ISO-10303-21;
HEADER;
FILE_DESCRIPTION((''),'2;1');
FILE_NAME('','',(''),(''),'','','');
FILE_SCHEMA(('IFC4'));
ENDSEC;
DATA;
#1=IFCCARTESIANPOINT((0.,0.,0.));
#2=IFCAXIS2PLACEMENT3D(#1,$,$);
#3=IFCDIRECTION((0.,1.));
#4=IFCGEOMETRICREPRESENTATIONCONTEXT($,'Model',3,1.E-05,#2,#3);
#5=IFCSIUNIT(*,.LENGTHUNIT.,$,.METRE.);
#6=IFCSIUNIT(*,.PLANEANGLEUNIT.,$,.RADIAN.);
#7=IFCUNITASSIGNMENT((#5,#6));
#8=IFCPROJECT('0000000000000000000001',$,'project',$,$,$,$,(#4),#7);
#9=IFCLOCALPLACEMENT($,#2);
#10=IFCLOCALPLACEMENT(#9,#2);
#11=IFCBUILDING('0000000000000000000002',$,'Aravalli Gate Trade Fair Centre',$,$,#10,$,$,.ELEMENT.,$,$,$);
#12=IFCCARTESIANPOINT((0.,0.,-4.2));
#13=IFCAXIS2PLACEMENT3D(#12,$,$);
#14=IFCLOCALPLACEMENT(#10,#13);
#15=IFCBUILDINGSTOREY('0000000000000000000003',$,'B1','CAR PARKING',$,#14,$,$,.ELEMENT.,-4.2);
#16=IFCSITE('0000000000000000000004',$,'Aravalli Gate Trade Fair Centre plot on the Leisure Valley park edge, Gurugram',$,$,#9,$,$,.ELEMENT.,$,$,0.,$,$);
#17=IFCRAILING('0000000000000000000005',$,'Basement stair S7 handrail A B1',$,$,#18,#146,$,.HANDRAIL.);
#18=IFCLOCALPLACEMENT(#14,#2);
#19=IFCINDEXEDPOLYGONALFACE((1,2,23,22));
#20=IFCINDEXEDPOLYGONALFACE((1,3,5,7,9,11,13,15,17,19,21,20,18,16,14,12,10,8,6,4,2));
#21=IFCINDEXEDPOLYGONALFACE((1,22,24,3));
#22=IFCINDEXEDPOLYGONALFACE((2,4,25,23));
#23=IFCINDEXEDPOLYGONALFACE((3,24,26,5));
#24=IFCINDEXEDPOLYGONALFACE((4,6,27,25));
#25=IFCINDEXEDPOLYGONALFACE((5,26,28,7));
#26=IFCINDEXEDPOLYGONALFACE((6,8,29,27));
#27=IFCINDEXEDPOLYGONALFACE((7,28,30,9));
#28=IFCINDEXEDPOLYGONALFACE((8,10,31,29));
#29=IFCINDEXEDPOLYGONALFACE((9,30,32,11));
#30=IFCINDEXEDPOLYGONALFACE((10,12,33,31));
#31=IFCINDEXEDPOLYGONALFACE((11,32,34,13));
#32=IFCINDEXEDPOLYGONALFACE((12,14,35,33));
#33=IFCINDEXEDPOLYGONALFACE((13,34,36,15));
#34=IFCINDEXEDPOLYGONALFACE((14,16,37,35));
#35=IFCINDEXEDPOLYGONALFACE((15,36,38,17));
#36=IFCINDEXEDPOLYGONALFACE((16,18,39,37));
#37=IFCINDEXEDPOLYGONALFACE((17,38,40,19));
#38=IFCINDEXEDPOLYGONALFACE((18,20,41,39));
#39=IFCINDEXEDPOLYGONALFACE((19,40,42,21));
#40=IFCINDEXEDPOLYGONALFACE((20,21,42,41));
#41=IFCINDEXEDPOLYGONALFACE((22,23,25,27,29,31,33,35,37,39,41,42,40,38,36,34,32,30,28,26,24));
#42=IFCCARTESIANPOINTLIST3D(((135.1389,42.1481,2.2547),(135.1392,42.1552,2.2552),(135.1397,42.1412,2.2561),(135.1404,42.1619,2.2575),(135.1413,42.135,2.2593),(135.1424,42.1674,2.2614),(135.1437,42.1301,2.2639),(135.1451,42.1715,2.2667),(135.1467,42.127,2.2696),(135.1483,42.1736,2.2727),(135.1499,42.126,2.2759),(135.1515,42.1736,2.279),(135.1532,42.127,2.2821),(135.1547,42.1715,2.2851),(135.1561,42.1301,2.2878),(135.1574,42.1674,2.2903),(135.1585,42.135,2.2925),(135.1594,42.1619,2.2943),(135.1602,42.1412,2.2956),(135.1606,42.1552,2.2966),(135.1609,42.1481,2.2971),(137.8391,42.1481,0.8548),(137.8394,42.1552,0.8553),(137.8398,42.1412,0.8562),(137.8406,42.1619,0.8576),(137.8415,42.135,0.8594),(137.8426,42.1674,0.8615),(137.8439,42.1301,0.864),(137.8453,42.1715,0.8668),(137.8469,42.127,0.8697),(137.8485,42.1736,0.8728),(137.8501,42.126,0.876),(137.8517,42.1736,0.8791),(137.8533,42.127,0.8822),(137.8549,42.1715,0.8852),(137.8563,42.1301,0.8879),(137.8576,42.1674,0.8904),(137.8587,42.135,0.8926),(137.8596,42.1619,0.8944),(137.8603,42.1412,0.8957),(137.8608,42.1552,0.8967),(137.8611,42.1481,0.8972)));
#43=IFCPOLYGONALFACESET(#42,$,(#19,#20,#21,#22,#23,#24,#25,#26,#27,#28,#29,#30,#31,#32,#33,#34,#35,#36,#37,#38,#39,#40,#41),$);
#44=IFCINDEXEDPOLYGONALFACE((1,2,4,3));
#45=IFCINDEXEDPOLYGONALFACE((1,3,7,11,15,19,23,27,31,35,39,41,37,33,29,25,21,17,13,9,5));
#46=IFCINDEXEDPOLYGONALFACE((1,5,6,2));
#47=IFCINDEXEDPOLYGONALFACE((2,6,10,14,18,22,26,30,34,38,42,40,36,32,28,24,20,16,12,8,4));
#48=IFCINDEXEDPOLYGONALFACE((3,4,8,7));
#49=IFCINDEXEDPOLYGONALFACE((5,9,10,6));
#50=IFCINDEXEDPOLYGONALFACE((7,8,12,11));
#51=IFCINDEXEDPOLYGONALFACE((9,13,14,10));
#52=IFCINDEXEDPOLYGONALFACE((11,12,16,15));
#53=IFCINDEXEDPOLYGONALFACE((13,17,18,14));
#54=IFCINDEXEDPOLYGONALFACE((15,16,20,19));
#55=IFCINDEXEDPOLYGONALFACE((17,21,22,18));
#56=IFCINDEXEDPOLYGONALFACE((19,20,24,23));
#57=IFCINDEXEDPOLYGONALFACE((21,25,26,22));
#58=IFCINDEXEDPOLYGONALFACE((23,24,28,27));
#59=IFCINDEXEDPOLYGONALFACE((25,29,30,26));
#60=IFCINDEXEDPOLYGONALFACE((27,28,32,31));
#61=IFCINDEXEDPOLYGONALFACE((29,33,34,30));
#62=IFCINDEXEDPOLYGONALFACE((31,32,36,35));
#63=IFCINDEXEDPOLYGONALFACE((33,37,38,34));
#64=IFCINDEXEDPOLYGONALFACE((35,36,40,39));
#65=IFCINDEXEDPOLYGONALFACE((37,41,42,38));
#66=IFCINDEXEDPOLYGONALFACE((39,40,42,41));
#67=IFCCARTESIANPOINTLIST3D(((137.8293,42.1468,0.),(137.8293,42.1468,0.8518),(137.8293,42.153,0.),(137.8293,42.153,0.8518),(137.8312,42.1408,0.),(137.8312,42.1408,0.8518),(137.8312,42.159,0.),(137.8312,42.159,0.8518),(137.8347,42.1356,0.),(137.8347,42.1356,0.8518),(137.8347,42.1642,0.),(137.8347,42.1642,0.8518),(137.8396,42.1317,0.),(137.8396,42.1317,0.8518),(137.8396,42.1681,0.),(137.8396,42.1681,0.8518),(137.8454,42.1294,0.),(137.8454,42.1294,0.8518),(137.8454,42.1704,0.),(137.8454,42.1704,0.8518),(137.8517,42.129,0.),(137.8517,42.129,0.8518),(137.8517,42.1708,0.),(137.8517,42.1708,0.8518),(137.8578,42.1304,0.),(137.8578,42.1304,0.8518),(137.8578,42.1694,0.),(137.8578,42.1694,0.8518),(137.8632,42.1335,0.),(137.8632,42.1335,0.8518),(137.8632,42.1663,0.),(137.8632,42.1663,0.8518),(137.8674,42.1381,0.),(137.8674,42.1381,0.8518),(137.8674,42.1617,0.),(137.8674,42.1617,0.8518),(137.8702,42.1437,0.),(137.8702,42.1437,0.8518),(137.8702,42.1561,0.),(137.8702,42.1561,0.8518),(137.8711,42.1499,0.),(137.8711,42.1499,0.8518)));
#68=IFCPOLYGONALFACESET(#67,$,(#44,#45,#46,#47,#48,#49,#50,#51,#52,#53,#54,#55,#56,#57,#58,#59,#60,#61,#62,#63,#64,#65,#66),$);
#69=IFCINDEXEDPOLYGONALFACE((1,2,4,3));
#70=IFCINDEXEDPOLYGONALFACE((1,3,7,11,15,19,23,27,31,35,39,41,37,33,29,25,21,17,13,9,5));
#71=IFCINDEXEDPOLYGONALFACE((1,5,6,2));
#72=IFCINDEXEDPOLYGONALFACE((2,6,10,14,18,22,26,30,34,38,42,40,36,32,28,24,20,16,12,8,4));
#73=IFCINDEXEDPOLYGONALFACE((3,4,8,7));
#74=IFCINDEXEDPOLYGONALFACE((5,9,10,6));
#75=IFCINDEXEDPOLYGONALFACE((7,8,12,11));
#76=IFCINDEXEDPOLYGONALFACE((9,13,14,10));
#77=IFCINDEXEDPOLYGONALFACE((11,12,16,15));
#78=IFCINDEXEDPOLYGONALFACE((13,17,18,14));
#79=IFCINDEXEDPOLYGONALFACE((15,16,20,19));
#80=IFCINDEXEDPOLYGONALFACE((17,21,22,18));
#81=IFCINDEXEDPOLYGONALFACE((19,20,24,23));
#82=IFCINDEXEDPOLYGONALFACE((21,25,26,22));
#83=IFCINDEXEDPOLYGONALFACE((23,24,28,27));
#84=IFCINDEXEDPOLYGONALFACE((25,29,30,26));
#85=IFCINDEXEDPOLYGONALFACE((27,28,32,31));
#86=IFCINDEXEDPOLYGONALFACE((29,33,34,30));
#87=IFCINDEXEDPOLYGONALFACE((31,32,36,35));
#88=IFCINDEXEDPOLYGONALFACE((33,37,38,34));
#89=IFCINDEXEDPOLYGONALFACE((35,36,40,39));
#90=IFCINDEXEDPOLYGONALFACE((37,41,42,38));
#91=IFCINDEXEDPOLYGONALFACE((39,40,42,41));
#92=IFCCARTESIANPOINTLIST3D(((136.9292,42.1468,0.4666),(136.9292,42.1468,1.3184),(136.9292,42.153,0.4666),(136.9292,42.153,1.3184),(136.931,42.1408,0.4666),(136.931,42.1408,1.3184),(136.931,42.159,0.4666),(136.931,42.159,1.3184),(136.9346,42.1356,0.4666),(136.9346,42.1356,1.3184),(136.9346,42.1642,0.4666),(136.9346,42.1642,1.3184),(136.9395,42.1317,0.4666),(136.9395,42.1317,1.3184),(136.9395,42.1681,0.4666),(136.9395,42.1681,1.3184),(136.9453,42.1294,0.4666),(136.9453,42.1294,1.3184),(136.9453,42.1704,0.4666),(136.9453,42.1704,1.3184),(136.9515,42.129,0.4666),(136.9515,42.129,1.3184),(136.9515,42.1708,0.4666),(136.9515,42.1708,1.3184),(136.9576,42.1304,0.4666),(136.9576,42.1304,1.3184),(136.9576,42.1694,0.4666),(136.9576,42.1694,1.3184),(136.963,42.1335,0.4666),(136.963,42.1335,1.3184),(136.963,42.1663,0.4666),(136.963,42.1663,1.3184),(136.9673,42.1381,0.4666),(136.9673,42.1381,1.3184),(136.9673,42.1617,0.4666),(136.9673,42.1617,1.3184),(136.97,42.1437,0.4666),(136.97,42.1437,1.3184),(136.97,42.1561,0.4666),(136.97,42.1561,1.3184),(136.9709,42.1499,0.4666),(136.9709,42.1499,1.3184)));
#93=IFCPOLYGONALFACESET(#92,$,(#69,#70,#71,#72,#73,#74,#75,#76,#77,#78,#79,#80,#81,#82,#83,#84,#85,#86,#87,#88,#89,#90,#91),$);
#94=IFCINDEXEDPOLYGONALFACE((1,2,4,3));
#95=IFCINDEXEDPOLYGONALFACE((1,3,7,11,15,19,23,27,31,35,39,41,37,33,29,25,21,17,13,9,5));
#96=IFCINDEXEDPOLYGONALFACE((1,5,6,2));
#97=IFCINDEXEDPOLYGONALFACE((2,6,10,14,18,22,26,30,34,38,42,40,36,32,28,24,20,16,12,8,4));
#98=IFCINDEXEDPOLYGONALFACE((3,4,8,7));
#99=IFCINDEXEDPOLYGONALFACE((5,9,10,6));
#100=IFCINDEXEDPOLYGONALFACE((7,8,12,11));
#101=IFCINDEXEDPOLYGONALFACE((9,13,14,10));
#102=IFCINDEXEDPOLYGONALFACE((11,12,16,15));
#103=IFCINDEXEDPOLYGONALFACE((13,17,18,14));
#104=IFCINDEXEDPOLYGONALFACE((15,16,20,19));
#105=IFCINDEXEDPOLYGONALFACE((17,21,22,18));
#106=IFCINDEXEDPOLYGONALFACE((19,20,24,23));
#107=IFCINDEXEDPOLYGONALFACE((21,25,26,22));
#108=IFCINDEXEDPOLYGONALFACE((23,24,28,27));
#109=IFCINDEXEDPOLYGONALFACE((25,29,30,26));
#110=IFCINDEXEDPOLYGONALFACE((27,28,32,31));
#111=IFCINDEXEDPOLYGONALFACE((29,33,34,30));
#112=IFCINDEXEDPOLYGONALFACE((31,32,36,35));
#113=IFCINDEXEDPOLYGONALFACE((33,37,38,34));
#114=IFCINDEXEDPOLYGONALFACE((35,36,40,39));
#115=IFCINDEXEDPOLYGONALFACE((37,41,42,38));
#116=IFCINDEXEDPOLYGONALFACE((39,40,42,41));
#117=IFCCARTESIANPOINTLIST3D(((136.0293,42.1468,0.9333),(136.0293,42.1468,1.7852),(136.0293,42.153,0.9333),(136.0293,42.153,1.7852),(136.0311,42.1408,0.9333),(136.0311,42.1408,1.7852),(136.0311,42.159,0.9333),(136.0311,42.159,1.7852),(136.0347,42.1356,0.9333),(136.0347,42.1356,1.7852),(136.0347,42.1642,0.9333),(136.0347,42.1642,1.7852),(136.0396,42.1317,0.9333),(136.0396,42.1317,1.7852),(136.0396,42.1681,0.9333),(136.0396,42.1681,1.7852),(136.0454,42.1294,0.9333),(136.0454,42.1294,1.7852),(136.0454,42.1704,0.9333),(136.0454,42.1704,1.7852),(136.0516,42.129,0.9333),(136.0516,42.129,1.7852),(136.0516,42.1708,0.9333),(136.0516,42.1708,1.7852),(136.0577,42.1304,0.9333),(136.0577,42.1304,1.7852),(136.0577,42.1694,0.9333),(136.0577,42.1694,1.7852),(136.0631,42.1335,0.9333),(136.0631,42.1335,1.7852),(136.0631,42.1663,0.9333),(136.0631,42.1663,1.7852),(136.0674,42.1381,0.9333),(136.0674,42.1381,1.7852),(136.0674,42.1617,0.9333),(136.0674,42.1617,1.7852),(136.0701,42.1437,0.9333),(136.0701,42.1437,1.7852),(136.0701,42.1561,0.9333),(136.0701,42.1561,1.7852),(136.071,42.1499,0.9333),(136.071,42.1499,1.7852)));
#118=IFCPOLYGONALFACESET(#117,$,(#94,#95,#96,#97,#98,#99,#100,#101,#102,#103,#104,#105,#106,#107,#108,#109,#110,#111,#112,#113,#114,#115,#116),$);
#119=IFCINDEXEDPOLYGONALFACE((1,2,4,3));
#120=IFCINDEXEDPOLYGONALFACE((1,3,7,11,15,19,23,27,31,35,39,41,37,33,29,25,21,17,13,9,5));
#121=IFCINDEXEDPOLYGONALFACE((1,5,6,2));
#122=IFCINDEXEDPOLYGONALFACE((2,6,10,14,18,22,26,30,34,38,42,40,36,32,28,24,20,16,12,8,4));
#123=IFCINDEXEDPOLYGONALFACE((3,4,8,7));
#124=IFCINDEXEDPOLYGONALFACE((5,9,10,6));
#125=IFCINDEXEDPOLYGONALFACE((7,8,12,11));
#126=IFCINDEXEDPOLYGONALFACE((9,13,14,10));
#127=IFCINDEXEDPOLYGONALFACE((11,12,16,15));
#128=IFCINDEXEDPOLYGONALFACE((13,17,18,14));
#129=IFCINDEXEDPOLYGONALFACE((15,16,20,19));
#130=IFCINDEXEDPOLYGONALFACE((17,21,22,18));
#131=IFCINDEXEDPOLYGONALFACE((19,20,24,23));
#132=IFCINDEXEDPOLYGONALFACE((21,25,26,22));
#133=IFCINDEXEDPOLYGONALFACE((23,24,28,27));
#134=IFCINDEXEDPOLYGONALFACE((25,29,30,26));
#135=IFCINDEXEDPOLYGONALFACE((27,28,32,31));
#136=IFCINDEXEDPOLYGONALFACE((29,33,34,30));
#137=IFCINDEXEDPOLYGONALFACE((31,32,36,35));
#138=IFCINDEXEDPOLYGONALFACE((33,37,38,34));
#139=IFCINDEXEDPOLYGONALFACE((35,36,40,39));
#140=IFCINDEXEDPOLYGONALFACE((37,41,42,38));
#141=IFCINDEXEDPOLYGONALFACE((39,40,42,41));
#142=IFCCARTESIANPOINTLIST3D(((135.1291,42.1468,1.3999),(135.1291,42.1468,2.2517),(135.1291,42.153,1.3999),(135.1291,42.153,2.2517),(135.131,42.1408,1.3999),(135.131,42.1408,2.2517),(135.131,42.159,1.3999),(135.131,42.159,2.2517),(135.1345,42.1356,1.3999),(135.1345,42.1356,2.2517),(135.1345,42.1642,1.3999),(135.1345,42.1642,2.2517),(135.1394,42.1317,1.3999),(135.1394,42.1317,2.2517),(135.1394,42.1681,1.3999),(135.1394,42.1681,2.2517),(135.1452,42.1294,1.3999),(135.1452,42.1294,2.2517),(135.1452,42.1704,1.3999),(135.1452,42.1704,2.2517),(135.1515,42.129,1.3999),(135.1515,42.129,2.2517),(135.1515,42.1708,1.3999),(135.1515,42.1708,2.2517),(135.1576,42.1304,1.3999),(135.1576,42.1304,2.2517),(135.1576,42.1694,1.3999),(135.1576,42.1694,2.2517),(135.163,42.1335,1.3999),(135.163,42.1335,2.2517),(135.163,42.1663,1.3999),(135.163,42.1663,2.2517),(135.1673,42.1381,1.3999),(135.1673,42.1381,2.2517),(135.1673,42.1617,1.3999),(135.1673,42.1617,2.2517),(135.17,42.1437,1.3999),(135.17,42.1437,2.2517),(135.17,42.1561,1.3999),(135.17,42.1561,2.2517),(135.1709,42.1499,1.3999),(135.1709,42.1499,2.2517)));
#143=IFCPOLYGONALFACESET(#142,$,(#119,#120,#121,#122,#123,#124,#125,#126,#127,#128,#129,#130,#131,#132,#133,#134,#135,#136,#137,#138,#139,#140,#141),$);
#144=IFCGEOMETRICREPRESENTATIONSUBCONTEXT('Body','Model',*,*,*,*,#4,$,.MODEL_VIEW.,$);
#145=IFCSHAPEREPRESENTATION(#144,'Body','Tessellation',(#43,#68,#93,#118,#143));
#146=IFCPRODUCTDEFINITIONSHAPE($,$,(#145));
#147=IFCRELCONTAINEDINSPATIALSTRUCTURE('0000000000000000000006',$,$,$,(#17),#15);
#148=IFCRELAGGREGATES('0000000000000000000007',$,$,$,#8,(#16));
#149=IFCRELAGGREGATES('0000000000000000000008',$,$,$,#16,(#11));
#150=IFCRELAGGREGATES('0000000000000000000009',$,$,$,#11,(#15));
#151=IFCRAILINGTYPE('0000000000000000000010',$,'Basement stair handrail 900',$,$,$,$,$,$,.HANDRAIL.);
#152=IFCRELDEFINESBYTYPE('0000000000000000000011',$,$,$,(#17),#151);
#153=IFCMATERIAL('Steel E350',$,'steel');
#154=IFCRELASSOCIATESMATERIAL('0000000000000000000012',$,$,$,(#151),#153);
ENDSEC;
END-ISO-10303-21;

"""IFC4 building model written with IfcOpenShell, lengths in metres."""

from ifc_helpers import new_model, si_unit, direction, frame, origin, origin_2d, place, context, subcontext, project, spatial, circle, extrude, material, type_object, element, save


model = new_model("IFC4")

# Units and contexts
model_context = context("Model", 3, precision=1e-05, world=origin(), true_north=direction((0.0, 1.0)))
body_context = subcontext(model_context, "Body", "Model", "MODEL_VIEW")
ifc_project = project(units=[si_unit("LENGTHUNIT", "METRE"), si_unit("PLANEANGLEUNIT", "RADIAN")], contexts=[model_context])

# Site, building, storey
site_placement = place(None, origin())
site = spatial("IfcSite", under=ifc_project, at=site_placement, Name="Aravalli Gate Trade Fair Centre plot on the Leisure Valley park edge, Gurugram", CompositionType="ELEMENT", RefElevation=0.0)
building_placement = place(site_placement, origin())
building = spatial("IfcBuilding", under=site, at=building_placement, Name="Aravalli Gate Trade Fair Centre", CompositionType="ELEMENT")
storey_placement = place(building_placement, frame((0.0, 0.0, -4.2)))
storey = spatial("IfcBuildingStorey", under=building, at=storey_placement, Name="B1", Description="CAR PARKING", CompositionType="ELEMENT", Elevation=-4.2)

# Railing
ifc_material_1 = material(Name="Steel E350", Category="steel")
railing_type_1 = type_object("IfcRailingType", Name="Basement stair handrail 900", PredefinedType="HANDRAIL", material=ifc_material_1)
for number, where, name in (
    (1, (137.8501, 42.1499, 0.0), "Basement stair S7 handrail A B1"),
):
    element("IfcRailing", number, at=place(storey_placement, frame(where)), inside=storey, type_object=railing_type_1, Name=name, PredefinedType="HANDRAIL", context=body_context, shape_type="SweptSolid", body=[
        extrude(circle(Radius=0.0239, at=origin_2d()), frame((0.0, 0.0, 0.876), z_axis=(-0.887781, 0.0, 0.460266), x_axis=(0.0, -1.0, 0.0)), (0.0, 0.0, 1.0), 3.0415),
        extrude(circle(Radius=0.021, at=origin_2d()), origin(), (0.0, 0.0, 1.0), 0.8518),
        extrude(circle(Radius=0.021, at=origin_2d()), frame((-0.9001, 0.0, 0.4666)), (0.0, 0.0, 1.0), 0.8518),
        extrude(circle(Radius=0.021, at=origin_2d()), frame((-1.8, 0.0, 0.9333)), (0.0, 0.0, 1.0), 0.8518),
        extrude(circle(Radius=0.021, at=origin_2d()), frame((-2.7002, 0.0, 1.3999)), (0.0, 0.0, 1.0), 0.8518),
    ])

save(model, "model.ifc")
